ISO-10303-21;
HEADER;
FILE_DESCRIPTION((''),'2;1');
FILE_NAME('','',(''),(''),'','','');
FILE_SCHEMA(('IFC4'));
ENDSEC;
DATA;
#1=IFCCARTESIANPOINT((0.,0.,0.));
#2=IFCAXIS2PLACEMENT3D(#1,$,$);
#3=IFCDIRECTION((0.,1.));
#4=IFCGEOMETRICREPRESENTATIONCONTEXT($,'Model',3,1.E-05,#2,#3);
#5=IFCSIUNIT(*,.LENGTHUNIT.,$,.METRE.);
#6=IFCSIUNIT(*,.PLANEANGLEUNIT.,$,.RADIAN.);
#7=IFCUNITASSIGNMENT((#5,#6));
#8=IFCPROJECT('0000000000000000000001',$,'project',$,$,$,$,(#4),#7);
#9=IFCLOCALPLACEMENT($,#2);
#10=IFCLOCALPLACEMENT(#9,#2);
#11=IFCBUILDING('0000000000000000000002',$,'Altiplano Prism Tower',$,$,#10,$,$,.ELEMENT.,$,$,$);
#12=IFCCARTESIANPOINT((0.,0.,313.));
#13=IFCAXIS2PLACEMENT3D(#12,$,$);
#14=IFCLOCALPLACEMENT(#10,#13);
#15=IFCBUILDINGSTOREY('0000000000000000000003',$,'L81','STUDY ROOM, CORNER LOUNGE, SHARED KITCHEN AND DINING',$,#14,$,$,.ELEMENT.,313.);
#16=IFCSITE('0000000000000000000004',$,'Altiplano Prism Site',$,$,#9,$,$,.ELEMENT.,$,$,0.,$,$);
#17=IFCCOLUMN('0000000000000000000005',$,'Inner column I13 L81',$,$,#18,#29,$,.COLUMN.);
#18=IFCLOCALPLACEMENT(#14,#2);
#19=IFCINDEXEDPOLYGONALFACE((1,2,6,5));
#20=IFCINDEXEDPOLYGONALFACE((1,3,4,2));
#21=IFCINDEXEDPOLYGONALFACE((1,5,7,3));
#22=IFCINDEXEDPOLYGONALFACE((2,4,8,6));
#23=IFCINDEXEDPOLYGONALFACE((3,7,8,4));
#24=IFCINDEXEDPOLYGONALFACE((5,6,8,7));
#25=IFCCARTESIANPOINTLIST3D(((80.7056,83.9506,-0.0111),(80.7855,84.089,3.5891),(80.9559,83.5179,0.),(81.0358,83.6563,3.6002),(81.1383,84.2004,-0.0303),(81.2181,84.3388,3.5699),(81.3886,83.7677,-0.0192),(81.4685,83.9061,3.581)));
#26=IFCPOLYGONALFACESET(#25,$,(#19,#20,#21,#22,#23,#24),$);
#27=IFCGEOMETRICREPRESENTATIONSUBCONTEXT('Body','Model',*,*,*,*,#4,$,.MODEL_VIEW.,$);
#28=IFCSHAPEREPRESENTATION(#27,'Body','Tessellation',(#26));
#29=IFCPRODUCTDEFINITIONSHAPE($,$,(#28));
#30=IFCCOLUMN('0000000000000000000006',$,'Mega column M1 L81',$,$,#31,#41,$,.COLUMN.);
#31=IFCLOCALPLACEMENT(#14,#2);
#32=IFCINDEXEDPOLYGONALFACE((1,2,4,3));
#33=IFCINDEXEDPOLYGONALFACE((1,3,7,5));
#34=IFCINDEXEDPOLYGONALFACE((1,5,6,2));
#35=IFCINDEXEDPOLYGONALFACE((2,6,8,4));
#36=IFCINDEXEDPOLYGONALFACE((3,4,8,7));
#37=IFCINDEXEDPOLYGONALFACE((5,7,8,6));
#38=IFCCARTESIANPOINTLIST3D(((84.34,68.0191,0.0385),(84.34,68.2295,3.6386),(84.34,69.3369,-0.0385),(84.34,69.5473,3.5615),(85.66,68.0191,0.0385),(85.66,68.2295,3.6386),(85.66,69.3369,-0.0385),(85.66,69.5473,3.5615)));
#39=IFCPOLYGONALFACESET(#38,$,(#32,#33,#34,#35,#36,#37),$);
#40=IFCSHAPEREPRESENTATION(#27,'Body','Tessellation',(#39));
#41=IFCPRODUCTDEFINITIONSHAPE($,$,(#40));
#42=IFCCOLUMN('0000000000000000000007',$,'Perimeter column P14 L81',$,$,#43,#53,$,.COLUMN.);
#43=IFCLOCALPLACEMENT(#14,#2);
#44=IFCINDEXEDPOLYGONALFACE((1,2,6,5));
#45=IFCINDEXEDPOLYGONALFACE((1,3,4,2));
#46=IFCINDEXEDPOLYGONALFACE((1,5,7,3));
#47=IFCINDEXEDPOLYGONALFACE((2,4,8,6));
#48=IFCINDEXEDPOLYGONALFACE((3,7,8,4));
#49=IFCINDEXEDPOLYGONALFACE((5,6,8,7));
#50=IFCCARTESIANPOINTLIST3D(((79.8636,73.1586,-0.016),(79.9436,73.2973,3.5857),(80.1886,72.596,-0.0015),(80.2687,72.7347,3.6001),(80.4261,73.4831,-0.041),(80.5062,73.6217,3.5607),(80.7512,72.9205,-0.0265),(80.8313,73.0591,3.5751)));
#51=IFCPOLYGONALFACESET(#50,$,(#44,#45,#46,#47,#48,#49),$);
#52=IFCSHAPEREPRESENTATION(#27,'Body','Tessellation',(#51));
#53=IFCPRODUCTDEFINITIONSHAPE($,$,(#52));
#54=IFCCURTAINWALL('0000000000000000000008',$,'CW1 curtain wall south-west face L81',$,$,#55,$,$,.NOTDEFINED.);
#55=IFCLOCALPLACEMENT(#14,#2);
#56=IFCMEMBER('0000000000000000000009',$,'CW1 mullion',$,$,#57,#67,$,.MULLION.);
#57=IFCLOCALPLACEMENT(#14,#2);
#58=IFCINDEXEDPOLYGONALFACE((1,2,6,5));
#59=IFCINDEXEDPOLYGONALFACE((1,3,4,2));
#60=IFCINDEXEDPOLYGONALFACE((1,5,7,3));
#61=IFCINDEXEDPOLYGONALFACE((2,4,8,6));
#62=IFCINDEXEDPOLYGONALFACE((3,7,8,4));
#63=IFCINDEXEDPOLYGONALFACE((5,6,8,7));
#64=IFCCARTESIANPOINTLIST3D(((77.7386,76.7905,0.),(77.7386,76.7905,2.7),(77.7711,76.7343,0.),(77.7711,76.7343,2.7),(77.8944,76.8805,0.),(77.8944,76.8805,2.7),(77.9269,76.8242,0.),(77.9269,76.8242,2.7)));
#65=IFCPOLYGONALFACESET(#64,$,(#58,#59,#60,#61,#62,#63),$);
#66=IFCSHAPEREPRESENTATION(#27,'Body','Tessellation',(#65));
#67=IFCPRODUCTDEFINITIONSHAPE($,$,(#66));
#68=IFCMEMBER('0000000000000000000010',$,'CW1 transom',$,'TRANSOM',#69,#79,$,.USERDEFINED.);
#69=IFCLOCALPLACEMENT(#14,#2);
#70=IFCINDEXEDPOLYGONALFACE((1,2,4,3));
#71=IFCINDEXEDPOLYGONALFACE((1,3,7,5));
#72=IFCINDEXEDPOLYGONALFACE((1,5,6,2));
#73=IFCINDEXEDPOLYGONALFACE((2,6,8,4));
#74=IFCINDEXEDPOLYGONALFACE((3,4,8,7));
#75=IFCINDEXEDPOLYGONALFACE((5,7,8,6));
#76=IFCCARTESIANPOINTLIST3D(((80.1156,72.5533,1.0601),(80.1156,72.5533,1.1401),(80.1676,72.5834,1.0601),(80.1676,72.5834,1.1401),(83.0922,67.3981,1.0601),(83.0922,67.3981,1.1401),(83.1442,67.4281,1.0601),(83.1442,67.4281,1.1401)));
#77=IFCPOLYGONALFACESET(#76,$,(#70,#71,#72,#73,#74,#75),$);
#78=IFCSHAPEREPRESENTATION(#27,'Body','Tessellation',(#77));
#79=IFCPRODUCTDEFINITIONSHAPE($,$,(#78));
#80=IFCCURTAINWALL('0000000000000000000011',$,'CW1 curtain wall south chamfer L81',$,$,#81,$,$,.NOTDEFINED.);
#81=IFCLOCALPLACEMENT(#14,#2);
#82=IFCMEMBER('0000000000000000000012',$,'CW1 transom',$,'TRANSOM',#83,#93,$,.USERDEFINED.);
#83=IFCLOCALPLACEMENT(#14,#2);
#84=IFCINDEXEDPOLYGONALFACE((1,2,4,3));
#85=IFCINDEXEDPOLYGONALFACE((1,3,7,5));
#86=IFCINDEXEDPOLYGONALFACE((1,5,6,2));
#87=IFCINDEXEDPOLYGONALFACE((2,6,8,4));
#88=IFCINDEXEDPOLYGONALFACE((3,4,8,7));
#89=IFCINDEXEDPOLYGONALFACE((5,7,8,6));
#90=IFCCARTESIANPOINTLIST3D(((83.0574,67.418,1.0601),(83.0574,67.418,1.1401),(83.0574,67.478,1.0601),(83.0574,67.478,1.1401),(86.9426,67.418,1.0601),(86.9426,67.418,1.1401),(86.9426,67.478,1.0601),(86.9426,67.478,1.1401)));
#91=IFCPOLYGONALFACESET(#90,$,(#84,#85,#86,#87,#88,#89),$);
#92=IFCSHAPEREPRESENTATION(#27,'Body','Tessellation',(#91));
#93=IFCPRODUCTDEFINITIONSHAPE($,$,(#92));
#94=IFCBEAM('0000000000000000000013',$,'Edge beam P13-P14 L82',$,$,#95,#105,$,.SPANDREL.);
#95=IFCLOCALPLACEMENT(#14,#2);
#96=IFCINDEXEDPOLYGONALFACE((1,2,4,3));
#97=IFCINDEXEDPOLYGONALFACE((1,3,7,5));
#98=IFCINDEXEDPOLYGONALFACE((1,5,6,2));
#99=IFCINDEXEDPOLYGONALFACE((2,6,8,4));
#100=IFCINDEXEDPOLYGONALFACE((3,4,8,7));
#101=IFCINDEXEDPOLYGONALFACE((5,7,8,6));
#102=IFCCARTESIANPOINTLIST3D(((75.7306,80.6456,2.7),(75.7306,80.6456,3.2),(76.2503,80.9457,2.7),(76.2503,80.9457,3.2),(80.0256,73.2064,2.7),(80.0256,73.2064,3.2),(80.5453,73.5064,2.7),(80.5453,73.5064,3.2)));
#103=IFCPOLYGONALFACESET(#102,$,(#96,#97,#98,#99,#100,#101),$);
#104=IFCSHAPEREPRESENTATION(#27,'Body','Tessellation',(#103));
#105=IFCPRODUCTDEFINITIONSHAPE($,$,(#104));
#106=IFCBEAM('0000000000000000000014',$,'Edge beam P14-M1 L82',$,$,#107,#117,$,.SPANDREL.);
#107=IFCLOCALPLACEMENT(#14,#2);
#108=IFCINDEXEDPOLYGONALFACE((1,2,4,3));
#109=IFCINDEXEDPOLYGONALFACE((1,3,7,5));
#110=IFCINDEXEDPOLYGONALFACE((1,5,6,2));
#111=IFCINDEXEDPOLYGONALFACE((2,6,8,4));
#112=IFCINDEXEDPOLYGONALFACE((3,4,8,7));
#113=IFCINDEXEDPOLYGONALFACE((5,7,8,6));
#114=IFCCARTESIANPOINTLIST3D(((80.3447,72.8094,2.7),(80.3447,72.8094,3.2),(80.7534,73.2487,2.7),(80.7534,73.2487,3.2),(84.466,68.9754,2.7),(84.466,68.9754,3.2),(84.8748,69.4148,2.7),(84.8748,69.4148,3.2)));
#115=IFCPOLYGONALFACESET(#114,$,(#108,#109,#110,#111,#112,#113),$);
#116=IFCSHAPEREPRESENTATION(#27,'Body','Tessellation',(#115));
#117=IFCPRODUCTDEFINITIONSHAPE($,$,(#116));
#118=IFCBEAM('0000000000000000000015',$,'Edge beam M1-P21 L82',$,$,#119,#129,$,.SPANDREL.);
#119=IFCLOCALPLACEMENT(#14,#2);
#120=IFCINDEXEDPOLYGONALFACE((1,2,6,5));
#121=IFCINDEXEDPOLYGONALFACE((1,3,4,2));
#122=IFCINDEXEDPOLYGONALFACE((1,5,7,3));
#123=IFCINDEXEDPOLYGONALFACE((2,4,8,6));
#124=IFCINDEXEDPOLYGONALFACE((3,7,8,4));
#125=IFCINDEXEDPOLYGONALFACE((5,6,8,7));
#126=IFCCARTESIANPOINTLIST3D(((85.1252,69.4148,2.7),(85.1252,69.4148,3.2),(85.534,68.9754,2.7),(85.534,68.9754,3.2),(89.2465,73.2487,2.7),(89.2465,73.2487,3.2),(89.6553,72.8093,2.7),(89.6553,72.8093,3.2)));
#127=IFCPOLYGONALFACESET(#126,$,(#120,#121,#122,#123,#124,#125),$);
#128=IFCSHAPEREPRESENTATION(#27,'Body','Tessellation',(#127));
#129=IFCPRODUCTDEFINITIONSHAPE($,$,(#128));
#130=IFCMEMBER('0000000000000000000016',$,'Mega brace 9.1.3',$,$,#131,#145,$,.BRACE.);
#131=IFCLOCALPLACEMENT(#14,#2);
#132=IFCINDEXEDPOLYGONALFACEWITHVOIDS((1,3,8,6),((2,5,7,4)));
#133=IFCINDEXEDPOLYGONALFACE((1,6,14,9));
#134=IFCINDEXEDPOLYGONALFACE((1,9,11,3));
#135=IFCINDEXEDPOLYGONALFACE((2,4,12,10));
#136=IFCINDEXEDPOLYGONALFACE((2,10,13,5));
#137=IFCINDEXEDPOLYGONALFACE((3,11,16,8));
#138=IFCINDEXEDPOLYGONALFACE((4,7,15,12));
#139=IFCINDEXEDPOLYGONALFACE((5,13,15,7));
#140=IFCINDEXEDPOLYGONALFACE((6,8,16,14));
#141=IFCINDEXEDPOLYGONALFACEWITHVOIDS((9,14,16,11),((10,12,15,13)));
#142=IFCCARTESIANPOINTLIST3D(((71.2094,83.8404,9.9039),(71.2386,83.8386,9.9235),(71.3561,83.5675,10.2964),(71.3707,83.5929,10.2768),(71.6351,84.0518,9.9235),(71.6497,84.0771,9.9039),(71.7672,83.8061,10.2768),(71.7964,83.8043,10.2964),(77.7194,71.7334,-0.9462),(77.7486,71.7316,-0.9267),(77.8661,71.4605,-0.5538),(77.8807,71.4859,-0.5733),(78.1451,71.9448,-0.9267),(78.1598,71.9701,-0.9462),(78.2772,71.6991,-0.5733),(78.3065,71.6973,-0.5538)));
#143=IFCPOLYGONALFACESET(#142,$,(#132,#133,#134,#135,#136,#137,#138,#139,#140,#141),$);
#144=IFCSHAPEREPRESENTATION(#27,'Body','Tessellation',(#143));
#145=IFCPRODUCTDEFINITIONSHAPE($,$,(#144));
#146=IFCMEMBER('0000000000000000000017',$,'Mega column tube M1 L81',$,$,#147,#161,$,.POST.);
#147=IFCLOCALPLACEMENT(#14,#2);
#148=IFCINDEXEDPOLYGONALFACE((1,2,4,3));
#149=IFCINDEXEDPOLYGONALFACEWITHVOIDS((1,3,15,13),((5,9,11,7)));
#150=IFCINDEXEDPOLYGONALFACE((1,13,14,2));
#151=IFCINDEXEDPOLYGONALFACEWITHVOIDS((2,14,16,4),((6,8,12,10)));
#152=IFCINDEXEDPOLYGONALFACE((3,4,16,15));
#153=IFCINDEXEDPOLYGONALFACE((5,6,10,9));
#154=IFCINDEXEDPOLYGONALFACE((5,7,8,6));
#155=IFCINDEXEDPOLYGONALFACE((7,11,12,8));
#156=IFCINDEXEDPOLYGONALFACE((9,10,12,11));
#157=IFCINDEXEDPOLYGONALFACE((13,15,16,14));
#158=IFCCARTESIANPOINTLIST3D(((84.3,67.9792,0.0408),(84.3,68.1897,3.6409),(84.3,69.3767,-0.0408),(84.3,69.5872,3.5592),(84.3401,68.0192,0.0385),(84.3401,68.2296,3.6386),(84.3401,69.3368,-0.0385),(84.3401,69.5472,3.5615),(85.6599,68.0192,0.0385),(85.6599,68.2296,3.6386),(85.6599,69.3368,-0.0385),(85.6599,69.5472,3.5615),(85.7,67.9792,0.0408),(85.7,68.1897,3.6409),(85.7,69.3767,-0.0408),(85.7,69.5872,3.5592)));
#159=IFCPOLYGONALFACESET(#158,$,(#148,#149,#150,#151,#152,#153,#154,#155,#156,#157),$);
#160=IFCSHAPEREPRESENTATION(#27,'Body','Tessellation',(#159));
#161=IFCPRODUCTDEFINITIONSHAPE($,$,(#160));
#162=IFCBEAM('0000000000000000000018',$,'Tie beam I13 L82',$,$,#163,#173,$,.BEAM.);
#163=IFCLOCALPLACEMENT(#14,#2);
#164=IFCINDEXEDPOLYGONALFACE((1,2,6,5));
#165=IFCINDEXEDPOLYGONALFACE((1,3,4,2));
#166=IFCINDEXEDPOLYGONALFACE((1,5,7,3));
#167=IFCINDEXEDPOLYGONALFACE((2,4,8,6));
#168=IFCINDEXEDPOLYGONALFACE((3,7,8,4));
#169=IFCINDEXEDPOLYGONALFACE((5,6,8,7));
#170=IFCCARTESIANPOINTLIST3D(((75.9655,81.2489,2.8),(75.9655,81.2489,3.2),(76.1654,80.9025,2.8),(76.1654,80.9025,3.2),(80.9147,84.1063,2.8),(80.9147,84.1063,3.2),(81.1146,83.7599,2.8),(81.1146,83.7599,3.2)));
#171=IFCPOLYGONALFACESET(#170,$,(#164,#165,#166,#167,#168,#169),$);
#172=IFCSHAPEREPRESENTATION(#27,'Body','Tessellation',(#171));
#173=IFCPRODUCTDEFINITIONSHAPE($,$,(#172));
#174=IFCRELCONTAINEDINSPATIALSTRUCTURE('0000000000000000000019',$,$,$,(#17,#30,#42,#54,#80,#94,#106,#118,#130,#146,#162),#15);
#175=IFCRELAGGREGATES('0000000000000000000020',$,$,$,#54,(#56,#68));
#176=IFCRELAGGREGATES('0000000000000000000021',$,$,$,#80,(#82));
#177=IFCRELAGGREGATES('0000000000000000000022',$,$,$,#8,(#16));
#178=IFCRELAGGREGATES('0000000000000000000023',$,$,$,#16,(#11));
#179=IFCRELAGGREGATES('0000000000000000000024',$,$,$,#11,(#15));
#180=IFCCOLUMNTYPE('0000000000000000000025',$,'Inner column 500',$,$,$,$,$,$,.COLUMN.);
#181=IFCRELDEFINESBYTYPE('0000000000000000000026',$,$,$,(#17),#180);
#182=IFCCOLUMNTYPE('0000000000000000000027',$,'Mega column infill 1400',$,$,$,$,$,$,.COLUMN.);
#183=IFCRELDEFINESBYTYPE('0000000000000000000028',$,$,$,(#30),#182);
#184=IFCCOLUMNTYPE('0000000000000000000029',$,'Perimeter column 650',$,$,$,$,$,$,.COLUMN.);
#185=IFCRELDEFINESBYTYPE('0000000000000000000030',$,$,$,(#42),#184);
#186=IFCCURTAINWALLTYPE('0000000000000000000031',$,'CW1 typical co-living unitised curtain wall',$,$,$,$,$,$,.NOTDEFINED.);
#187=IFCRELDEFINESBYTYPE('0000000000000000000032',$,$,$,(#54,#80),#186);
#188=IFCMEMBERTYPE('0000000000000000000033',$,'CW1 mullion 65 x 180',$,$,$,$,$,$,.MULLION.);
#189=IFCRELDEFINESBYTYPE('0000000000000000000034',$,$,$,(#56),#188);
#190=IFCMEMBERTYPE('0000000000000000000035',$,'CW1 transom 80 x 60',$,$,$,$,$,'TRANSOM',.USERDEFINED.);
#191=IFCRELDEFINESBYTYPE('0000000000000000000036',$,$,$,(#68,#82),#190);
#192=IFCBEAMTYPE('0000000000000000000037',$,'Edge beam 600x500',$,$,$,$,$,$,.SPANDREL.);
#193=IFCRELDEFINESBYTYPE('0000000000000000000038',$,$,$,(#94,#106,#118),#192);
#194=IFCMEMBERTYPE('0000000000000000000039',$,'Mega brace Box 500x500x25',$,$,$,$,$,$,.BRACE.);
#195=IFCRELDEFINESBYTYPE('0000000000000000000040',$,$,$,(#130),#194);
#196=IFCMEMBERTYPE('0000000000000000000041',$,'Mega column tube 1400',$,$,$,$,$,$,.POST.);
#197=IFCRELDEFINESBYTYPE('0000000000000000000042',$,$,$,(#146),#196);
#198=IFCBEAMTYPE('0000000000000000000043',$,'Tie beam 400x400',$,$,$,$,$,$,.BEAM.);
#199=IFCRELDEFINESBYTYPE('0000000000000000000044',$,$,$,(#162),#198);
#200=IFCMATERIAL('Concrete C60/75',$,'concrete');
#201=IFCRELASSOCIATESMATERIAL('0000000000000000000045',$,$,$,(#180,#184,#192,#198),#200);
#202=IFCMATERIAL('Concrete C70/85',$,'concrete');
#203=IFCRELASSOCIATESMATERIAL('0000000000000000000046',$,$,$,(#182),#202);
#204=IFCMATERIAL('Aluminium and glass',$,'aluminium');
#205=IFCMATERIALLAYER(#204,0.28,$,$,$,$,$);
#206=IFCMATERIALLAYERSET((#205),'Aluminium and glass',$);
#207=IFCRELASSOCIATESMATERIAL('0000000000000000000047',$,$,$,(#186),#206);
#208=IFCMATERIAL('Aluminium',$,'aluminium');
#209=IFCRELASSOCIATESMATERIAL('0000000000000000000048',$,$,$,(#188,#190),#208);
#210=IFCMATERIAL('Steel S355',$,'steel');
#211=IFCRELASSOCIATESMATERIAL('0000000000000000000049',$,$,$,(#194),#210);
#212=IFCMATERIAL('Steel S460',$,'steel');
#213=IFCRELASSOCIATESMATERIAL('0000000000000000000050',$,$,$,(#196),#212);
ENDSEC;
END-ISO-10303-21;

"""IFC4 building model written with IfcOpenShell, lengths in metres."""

from ifc_helpers import new_model, si_unit, direction, frame, origin, origin_2d, place, context, subcontext, project, spatial, rectangle, hollow_rectangle, extrude, material, layer, layer_set, material_profile, profile_set, type_object, element, aggregate, save


model = new_model("IFC4")

# Units and contexts
model_context = context("Model", 3, precision=1e-05, world=origin(), true_north=direction((0.0, 1.0)))
body_context = subcontext(model_context, "Body", "Model", "MODEL_VIEW")
ifc_project = project(units=[si_unit("LENGTHUNIT", "METRE"), si_unit("PLANEANGLEUNIT", "RADIAN")], contexts=[model_context])

# Site, building, storey
site_placement = place(None, origin())
site = spatial("IfcSite", under=ifc_project, at=site_placement, Name="Altiplano Prism Site", CompositionType="ELEMENT", RefElevation=0.0)
building_placement = place(site_placement, origin())
building = spatial("IfcBuilding", under=site, at=building_placement, Name="Altiplano Prism Tower", CompositionType="ELEMENT")
storey_placement = place(building_placement, frame((0.0, 0.0, 313.0)))
storey = spatial("IfcBuildingStorey", under=building, at=storey_placement, Name="L81", Description="STUDY ROOM, CORNER LOUNGE, SHARED KITCHEN AND DINING", CompositionType="ELEMENT", Elevation=313.0)

# Columns
ifc_material_1 = material(Name="Concrete C60/75", Category="concrete")
ifc_material_profile_1 = material_profile(ifc_material_1, rectangle(XDim=0.5, YDim=0.5, at=origin_2d()), Name="Inner column 500")
ifc_profile_set_1 = profile_set([ifc_material_profile_1], Name="Concrete C60/75")
column_type_1 = type_object("IfcColumnType", Name="Inner column 500", PredefinedType="COLUMN", material=ifc_profile_set_1)
column_1_placement = place(storey_placement, frame((81.0471, 83.8591, -0.0151), z_axis=(0.022154, 0.038413, 0.999016), x_axis=(-0.865365, -0.499669, 0.038403)))
element("IfcColumn", 1, at=column_1_placement, inside=storey, type_object=column_type_1, Name="Inner column I13 L81", PredefinedType="COLUMN", context=body_context, shape_type="SweptSolid", body=[
    extrude(rectangle(XDim=0.5, YDim=0.5, at=origin_2d()), origin(), (0.0, 0.0, 1.0), 3.6038),
])
ifc_material_2 = material(Name="Concrete C70/85", Category="concrete")
ifc_material_profile_2 = material_profile(ifc_material_2, rectangle(XDim=1.3201, YDim=1.3201, at=origin_2d()), Name="Mega column infill 1400")
ifc_profile_set_2 = profile_set([ifc_material_profile_2], Name="Concrete C70/85")
column_type_2 = type_object("IfcColumnType", Name="Mega column infill 1400", PredefinedType="COLUMN", material=ifc_profile_set_2)
column_2_placement = place(storey_placement, frame((85.0, 68.678, 0.0), z_axis=(0.0, 0.058357, 0.998296), x_axis=(-1.0, 0.0, 0.0)))
element("IfcColumn", 2, at=column_2_placement, inside=storey, type_object=column_type_2, Name="Mega column M1 L81", PredefinedType="COLUMN", context=body_context, shape_type="SweptSolid", body=[
    extrude(rectangle(XDim=1.3201, YDim=1.3201, at=origin_2d()), origin(), (0.0, 0.0, 1.0), 3.6062),
])
ifc_material_profile_3 = material_profile(ifc_material_1, rectangle(XDim=0.6499, YDim=0.6499, at=origin_2d()), Name="Perimeter column 650")
ifc_profile_set_3 = profile_set([ifc_material_profile_3], Name="Concrete C60/75")
column_type_3 = type_object("IfcColumnType", Name="Perimeter column 650", PredefinedType="COLUMN", material=ifc_profile_set_3)
column_3_placement = place(storey_placement, frame((80.3074, 73.0396, -0.0212), z_axis=(0.022212, 0.038465, 0.999013), x_axis=(-0.865642, -0.499183, 0.038467)))
element("IfcColumn", 3, at=column_3_placement, inside=storey, type_object=column_type_3, Name="Perimeter column P14 L81", PredefinedType="COLUMN", context=body_context, shape_type="SweptSolid", body=[
    extrude(rectangle(XDim=0.6499, YDim=0.6499, at=origin_2d()), origin(), (0.0, 0.0, 1.0), 3.6052),
])

# Curtain wall, members
ifc_material_3 = material(Name="Aluminium and glass", Category="aluminium")
ifc_layer_1 = layer(ifc_material_3, 0.28)
ifc_layer_set_1 = layer_set([ifc_layer_1], Name="Aluminium and glass")
curtain_wall_type = type_object("IfcCurtainWallType", Name="CW1 typical co-living unitised curtain wall", PredefinedType="NOTDEFINED", material=ifc_layer_set_1)
curtain_wall_1_placement = place(storey_placement, origin())
curtain_wall_1 = element("IfcCurtainWall", 4, at=curtain_wall_1_placement, inside=storey, type_object=curtain_wall_type, Name="CW1 curtain wall south-west face L81", PredefinedType="NOTDEFINED")
ifc_material_4 = material(Name="Aluminium", Category="aluminium")
ifc_material_profile_4 = material_profile(ifc_material_4, rectangle(XDim=0.1799, YDim=0.0649, at=origin_2d()), Name="CW1 mullion 65 x 180")
ifc_profile_set_4 = profile_set([ifc_material_profile_4], Name="Aluminium")
member_type_1 = type_object("IfcMemberType", Name="CW1 mullion 65 x 180", PredefinedType="MULLION", material=ifc_profile_set_4)
member_1_placement = place(storey_placement, frame((77.8328, 76.8074, 0.0), z_axis=(0.0, 0.0, 1.0), x_axis=(0.866025, 0.5, 0.0)))
member_1 = element("IfcMember", 5, at=member_1_placement, type_object=member_type_1, Name="CW1 mullion", PredefinedType="MULLION", context=body_context, shape_type="SweptSolid", body=[
    extrude(rectangle(XDim=0.1799, YDim=0.0649, at=origin_2d()), origin(), (0.0, 0.0, 1.0), 2.7),
])
ifc_material_profile_5 = material_profile(ifc_material_4, rectangle(XDim=0.0601, YDim=0.0801, at=origin_2d()), Name="CW1 transom 80 x 60")
ifc_profile_set_5 = profile_set([ifc_material_profile_5], Name="Aluminium")
member_type_2 = type_object("IfcMemberType", Name="CW1 transom 80 x 60", ElementType="TRANSOM", PredefinedType="USERDEFINED", material=ifc_profile_set_5)
member_2_placement = place(storey_placement, frame((80.1416, 72.5684, 1.1001), z_axis=(0.500021, -0.866013, 0.0), x_axis=(0.866013, 0.500021, 0.0)))
member_2 = element("IfcMember", 6, at=member_2_placement, type_object=member_type_2, Name="CW1 transom", ObjectType="TRANSOM", PredefinedType="USERDEFINED", context=body_context, shape_type="SweptSolid", body=[
    extrude(rectangle(XDim=0.0601, YDim=0.0801, at=origin_2d()), origin(), (0.0, 0.0, 1.0), 5.9529),
])

# Curtain wall, member
curtain_wall_2_placement = place(storey_placement, origin())
curtain_wall_2 = element("IfcCurtainWall", 7, at=curtain_wall_2_placement, inside=storey, type_object=curtain_wall_type, Name="CW1 curtain wall south chamfer L81", PredefinedType="NOTDEFINED")
member_3_placement = place(storey_placement, frame((83.0574, 67.448, 1.1001), z_axis=(1.0, 0.0, 0.0), x_axis=(0.0, 1.0, 0.0)))
member_3 = element("IfcMember", 8, at=member_3_placement, type_object=member_type_2, Name="CW1 transom", ObjectType="TRANSOM", PredefinedType="USERDEFINED", context=body_context, shape_type="SweptSolid", body=[
    extrude(rectangle(XDim=0.0601, YDim=0.0801, at=origin_2d()), origin(), (0.0, 0.0, 1.0), 3.8853),
])

# Beams
ifc_material_profile_6 = material_profile(ifc_material_1, rectangle(XDim=0.6001, YDim=0.5, at=origin_2d()), Name="Edge beam 600x500")
ifc_profile_set_6 = profile_set([ifc_material_profile_6], Name="Concrete C60/75")
beam_type_1 = type_object("IfcBeamType", Name="Edge beam 600x500", PredefinedType="SPANDREL", material=ifc_profile_set_6)
beam_1_placement = place(storey_placement, frame((75.9905, 80.7957, 2.95), z_axis=(0.499991, -0.866031, 0.0), x_axis=(0.866031, 0.499991, 0.0)))
element("IfcBeam", 9, at=beam_1_placement, inside=storey, type_object=beam_type_1, Name="Edge beam P13-P14 L82", PredefinedType="SPANDREL", context=body_context, shape_type="SweptSolid", body=[
    extrude(rectangle(XDim=0.6001, YDim=0.5, at=origin_2d()), origin(), (0.0, 0.0, 1.0), 8.5901),
])
for number, where, z_axis, x_axis, name in (
    (10, (80.5491, 73.0291, 2.95), (0.732171, -0.681121, 0.0), (0.681121, 0.732171, 0.0), "Edge beam P14-M1 L82"),
    (11, (85.3296, 69.1951, 2.95), (0.732171, 0.681121, 0.0), (-0.681121, 0.732171, 0.0), "Edge beam M1-P21 L82"),
):
    element("IfcBeam", number, at=place(storey_placement, frame(where, z_axis=z_axis, x_axis=x_axis)), inside=storey, type_object=beam_type_1, Name=name, PredefinedType="SPANDREL", context=body_context, shape_type="SweptSolid", body=[
        extrude(rectangle(XDim=0.6001, YDim=0.5, at=origin_2d()), origin(), (0.0, 0.0, 1.0), 5.6289),
    ])

# Members
ifc_material_5 = material(Name="Steel S355", Category="steel")
ifc_material_profile_7 = material_profile(ifc_material_5, hollow_rectangle(XDim=0.5, YDim=0.5, WallThickness=0.0249, at=origin_2d()), Name="Mega brace Box 500x500x25")
ifc_profile_set_7 = profile_set([ifc_material_profile_7], Name="Steel S355")
member_type_3 = type_object("IfcMemberType", Name="Mega brace Box 500x500x25", PredefinedType="BRACE", material=ifc_profile_set_7)
member_4_placement = place(storey_placement, frame((78.0129, 71.7153, -0.75), z_axis=(-0.371738, 0.691337, 0.619568), x_axis=(-0.880748, -0.473586, 0.0)))
element("IfcMember", 12, at=member_4_placement, inside=storey, type_object=member_type_3, Name="Mega brace 9.1.3", PredefinedType="BRACE", context=body_context, shape_type="SweptSolid", body=[
    extrude(hollow_rectangle(XDim=0.5, YDim=0.5, WallThickness=0.0249, at=origin_2d()), origin(), (0.0, 0.0, 1.0), 17.5125),
])
ifc_material_6 = material(Name="Steel S460", Category="steel")
ifc_material_profile_8 = material_profile(ifc_material_6, hollow_rectangle(XDim=1.3999, YDim=1.3999, WallThickness=0.04, at=origin_2d()), Name="Mega column tube 1400")
ifc_profile_set_8 = profile_set([ifc_material_profile_8], Name="Steel S460")
member_type_4 = type_object("IfcMemberType", Name="Mega column tube 1400", PredefinedType="POST", material=ifc_profile_set_8)
member_5_placement = place(storey_placement, frame((85.0, 68.678, 0.0), z_axis=(0.0, 0.058357, 0.998296), x_axis=(-1.0, 0.0, 0.0)))
element("IfcMember", 13, at=member_5_placement, inside=storey, type_object=member_type_4, Name="Mega column tube M1 L81", PredefinedType="POST", context=body_context, shape_type="SweptSolid", body=[
    extrude(hollow_rectangle(XDim=1.3999, YDim=1.3999, WallThickness=0.04, at=origin_2d()), origin(), (0.0, 0.0, 1.0), 3.6062),
])

# Beam
ifc_material_profile_9 = material_profile(ifc_material_1, rectangle(XDim=0.3999, YDim=0.3999, at=origin_2d()), Name="Tie beam 400x400")
ifc_profile_set_9 = profile_set([ifc_material_profile_9], Name="Concrete C60/75")
beam_type_2 = type_object("IfcBeamType", Name="Tie beam 400x400", PredefinedType="BEAM", material=ifc_profile_set_9)
beam_2_placement = place(storey_placement, frame((81.0146, 83.9331, 3.0), z_axis=(-0.866026, -0.499999, 0.0), x_axis=(0.499999, -0.866026, 0.0)))
element("IfcBeam", 14, at=beam_2_placement, inside=storey, type_object=beam_type_2, Name="Tie beam I13 L82", PredefinedType="BEAM", context=body_context, shape_type="SweptSolid", body=[
    extrude(rectangle(XDim=0.3999, YDim=0.3999, at=origin_2d()), origin(), (0.0, 0.0, 1.0), 5.7148),
])

aggregate(curtain_wall_1, [member_1, member_2])
aggregate(curtain_wall_2, [member_3])

save(model, "model.ifc")
